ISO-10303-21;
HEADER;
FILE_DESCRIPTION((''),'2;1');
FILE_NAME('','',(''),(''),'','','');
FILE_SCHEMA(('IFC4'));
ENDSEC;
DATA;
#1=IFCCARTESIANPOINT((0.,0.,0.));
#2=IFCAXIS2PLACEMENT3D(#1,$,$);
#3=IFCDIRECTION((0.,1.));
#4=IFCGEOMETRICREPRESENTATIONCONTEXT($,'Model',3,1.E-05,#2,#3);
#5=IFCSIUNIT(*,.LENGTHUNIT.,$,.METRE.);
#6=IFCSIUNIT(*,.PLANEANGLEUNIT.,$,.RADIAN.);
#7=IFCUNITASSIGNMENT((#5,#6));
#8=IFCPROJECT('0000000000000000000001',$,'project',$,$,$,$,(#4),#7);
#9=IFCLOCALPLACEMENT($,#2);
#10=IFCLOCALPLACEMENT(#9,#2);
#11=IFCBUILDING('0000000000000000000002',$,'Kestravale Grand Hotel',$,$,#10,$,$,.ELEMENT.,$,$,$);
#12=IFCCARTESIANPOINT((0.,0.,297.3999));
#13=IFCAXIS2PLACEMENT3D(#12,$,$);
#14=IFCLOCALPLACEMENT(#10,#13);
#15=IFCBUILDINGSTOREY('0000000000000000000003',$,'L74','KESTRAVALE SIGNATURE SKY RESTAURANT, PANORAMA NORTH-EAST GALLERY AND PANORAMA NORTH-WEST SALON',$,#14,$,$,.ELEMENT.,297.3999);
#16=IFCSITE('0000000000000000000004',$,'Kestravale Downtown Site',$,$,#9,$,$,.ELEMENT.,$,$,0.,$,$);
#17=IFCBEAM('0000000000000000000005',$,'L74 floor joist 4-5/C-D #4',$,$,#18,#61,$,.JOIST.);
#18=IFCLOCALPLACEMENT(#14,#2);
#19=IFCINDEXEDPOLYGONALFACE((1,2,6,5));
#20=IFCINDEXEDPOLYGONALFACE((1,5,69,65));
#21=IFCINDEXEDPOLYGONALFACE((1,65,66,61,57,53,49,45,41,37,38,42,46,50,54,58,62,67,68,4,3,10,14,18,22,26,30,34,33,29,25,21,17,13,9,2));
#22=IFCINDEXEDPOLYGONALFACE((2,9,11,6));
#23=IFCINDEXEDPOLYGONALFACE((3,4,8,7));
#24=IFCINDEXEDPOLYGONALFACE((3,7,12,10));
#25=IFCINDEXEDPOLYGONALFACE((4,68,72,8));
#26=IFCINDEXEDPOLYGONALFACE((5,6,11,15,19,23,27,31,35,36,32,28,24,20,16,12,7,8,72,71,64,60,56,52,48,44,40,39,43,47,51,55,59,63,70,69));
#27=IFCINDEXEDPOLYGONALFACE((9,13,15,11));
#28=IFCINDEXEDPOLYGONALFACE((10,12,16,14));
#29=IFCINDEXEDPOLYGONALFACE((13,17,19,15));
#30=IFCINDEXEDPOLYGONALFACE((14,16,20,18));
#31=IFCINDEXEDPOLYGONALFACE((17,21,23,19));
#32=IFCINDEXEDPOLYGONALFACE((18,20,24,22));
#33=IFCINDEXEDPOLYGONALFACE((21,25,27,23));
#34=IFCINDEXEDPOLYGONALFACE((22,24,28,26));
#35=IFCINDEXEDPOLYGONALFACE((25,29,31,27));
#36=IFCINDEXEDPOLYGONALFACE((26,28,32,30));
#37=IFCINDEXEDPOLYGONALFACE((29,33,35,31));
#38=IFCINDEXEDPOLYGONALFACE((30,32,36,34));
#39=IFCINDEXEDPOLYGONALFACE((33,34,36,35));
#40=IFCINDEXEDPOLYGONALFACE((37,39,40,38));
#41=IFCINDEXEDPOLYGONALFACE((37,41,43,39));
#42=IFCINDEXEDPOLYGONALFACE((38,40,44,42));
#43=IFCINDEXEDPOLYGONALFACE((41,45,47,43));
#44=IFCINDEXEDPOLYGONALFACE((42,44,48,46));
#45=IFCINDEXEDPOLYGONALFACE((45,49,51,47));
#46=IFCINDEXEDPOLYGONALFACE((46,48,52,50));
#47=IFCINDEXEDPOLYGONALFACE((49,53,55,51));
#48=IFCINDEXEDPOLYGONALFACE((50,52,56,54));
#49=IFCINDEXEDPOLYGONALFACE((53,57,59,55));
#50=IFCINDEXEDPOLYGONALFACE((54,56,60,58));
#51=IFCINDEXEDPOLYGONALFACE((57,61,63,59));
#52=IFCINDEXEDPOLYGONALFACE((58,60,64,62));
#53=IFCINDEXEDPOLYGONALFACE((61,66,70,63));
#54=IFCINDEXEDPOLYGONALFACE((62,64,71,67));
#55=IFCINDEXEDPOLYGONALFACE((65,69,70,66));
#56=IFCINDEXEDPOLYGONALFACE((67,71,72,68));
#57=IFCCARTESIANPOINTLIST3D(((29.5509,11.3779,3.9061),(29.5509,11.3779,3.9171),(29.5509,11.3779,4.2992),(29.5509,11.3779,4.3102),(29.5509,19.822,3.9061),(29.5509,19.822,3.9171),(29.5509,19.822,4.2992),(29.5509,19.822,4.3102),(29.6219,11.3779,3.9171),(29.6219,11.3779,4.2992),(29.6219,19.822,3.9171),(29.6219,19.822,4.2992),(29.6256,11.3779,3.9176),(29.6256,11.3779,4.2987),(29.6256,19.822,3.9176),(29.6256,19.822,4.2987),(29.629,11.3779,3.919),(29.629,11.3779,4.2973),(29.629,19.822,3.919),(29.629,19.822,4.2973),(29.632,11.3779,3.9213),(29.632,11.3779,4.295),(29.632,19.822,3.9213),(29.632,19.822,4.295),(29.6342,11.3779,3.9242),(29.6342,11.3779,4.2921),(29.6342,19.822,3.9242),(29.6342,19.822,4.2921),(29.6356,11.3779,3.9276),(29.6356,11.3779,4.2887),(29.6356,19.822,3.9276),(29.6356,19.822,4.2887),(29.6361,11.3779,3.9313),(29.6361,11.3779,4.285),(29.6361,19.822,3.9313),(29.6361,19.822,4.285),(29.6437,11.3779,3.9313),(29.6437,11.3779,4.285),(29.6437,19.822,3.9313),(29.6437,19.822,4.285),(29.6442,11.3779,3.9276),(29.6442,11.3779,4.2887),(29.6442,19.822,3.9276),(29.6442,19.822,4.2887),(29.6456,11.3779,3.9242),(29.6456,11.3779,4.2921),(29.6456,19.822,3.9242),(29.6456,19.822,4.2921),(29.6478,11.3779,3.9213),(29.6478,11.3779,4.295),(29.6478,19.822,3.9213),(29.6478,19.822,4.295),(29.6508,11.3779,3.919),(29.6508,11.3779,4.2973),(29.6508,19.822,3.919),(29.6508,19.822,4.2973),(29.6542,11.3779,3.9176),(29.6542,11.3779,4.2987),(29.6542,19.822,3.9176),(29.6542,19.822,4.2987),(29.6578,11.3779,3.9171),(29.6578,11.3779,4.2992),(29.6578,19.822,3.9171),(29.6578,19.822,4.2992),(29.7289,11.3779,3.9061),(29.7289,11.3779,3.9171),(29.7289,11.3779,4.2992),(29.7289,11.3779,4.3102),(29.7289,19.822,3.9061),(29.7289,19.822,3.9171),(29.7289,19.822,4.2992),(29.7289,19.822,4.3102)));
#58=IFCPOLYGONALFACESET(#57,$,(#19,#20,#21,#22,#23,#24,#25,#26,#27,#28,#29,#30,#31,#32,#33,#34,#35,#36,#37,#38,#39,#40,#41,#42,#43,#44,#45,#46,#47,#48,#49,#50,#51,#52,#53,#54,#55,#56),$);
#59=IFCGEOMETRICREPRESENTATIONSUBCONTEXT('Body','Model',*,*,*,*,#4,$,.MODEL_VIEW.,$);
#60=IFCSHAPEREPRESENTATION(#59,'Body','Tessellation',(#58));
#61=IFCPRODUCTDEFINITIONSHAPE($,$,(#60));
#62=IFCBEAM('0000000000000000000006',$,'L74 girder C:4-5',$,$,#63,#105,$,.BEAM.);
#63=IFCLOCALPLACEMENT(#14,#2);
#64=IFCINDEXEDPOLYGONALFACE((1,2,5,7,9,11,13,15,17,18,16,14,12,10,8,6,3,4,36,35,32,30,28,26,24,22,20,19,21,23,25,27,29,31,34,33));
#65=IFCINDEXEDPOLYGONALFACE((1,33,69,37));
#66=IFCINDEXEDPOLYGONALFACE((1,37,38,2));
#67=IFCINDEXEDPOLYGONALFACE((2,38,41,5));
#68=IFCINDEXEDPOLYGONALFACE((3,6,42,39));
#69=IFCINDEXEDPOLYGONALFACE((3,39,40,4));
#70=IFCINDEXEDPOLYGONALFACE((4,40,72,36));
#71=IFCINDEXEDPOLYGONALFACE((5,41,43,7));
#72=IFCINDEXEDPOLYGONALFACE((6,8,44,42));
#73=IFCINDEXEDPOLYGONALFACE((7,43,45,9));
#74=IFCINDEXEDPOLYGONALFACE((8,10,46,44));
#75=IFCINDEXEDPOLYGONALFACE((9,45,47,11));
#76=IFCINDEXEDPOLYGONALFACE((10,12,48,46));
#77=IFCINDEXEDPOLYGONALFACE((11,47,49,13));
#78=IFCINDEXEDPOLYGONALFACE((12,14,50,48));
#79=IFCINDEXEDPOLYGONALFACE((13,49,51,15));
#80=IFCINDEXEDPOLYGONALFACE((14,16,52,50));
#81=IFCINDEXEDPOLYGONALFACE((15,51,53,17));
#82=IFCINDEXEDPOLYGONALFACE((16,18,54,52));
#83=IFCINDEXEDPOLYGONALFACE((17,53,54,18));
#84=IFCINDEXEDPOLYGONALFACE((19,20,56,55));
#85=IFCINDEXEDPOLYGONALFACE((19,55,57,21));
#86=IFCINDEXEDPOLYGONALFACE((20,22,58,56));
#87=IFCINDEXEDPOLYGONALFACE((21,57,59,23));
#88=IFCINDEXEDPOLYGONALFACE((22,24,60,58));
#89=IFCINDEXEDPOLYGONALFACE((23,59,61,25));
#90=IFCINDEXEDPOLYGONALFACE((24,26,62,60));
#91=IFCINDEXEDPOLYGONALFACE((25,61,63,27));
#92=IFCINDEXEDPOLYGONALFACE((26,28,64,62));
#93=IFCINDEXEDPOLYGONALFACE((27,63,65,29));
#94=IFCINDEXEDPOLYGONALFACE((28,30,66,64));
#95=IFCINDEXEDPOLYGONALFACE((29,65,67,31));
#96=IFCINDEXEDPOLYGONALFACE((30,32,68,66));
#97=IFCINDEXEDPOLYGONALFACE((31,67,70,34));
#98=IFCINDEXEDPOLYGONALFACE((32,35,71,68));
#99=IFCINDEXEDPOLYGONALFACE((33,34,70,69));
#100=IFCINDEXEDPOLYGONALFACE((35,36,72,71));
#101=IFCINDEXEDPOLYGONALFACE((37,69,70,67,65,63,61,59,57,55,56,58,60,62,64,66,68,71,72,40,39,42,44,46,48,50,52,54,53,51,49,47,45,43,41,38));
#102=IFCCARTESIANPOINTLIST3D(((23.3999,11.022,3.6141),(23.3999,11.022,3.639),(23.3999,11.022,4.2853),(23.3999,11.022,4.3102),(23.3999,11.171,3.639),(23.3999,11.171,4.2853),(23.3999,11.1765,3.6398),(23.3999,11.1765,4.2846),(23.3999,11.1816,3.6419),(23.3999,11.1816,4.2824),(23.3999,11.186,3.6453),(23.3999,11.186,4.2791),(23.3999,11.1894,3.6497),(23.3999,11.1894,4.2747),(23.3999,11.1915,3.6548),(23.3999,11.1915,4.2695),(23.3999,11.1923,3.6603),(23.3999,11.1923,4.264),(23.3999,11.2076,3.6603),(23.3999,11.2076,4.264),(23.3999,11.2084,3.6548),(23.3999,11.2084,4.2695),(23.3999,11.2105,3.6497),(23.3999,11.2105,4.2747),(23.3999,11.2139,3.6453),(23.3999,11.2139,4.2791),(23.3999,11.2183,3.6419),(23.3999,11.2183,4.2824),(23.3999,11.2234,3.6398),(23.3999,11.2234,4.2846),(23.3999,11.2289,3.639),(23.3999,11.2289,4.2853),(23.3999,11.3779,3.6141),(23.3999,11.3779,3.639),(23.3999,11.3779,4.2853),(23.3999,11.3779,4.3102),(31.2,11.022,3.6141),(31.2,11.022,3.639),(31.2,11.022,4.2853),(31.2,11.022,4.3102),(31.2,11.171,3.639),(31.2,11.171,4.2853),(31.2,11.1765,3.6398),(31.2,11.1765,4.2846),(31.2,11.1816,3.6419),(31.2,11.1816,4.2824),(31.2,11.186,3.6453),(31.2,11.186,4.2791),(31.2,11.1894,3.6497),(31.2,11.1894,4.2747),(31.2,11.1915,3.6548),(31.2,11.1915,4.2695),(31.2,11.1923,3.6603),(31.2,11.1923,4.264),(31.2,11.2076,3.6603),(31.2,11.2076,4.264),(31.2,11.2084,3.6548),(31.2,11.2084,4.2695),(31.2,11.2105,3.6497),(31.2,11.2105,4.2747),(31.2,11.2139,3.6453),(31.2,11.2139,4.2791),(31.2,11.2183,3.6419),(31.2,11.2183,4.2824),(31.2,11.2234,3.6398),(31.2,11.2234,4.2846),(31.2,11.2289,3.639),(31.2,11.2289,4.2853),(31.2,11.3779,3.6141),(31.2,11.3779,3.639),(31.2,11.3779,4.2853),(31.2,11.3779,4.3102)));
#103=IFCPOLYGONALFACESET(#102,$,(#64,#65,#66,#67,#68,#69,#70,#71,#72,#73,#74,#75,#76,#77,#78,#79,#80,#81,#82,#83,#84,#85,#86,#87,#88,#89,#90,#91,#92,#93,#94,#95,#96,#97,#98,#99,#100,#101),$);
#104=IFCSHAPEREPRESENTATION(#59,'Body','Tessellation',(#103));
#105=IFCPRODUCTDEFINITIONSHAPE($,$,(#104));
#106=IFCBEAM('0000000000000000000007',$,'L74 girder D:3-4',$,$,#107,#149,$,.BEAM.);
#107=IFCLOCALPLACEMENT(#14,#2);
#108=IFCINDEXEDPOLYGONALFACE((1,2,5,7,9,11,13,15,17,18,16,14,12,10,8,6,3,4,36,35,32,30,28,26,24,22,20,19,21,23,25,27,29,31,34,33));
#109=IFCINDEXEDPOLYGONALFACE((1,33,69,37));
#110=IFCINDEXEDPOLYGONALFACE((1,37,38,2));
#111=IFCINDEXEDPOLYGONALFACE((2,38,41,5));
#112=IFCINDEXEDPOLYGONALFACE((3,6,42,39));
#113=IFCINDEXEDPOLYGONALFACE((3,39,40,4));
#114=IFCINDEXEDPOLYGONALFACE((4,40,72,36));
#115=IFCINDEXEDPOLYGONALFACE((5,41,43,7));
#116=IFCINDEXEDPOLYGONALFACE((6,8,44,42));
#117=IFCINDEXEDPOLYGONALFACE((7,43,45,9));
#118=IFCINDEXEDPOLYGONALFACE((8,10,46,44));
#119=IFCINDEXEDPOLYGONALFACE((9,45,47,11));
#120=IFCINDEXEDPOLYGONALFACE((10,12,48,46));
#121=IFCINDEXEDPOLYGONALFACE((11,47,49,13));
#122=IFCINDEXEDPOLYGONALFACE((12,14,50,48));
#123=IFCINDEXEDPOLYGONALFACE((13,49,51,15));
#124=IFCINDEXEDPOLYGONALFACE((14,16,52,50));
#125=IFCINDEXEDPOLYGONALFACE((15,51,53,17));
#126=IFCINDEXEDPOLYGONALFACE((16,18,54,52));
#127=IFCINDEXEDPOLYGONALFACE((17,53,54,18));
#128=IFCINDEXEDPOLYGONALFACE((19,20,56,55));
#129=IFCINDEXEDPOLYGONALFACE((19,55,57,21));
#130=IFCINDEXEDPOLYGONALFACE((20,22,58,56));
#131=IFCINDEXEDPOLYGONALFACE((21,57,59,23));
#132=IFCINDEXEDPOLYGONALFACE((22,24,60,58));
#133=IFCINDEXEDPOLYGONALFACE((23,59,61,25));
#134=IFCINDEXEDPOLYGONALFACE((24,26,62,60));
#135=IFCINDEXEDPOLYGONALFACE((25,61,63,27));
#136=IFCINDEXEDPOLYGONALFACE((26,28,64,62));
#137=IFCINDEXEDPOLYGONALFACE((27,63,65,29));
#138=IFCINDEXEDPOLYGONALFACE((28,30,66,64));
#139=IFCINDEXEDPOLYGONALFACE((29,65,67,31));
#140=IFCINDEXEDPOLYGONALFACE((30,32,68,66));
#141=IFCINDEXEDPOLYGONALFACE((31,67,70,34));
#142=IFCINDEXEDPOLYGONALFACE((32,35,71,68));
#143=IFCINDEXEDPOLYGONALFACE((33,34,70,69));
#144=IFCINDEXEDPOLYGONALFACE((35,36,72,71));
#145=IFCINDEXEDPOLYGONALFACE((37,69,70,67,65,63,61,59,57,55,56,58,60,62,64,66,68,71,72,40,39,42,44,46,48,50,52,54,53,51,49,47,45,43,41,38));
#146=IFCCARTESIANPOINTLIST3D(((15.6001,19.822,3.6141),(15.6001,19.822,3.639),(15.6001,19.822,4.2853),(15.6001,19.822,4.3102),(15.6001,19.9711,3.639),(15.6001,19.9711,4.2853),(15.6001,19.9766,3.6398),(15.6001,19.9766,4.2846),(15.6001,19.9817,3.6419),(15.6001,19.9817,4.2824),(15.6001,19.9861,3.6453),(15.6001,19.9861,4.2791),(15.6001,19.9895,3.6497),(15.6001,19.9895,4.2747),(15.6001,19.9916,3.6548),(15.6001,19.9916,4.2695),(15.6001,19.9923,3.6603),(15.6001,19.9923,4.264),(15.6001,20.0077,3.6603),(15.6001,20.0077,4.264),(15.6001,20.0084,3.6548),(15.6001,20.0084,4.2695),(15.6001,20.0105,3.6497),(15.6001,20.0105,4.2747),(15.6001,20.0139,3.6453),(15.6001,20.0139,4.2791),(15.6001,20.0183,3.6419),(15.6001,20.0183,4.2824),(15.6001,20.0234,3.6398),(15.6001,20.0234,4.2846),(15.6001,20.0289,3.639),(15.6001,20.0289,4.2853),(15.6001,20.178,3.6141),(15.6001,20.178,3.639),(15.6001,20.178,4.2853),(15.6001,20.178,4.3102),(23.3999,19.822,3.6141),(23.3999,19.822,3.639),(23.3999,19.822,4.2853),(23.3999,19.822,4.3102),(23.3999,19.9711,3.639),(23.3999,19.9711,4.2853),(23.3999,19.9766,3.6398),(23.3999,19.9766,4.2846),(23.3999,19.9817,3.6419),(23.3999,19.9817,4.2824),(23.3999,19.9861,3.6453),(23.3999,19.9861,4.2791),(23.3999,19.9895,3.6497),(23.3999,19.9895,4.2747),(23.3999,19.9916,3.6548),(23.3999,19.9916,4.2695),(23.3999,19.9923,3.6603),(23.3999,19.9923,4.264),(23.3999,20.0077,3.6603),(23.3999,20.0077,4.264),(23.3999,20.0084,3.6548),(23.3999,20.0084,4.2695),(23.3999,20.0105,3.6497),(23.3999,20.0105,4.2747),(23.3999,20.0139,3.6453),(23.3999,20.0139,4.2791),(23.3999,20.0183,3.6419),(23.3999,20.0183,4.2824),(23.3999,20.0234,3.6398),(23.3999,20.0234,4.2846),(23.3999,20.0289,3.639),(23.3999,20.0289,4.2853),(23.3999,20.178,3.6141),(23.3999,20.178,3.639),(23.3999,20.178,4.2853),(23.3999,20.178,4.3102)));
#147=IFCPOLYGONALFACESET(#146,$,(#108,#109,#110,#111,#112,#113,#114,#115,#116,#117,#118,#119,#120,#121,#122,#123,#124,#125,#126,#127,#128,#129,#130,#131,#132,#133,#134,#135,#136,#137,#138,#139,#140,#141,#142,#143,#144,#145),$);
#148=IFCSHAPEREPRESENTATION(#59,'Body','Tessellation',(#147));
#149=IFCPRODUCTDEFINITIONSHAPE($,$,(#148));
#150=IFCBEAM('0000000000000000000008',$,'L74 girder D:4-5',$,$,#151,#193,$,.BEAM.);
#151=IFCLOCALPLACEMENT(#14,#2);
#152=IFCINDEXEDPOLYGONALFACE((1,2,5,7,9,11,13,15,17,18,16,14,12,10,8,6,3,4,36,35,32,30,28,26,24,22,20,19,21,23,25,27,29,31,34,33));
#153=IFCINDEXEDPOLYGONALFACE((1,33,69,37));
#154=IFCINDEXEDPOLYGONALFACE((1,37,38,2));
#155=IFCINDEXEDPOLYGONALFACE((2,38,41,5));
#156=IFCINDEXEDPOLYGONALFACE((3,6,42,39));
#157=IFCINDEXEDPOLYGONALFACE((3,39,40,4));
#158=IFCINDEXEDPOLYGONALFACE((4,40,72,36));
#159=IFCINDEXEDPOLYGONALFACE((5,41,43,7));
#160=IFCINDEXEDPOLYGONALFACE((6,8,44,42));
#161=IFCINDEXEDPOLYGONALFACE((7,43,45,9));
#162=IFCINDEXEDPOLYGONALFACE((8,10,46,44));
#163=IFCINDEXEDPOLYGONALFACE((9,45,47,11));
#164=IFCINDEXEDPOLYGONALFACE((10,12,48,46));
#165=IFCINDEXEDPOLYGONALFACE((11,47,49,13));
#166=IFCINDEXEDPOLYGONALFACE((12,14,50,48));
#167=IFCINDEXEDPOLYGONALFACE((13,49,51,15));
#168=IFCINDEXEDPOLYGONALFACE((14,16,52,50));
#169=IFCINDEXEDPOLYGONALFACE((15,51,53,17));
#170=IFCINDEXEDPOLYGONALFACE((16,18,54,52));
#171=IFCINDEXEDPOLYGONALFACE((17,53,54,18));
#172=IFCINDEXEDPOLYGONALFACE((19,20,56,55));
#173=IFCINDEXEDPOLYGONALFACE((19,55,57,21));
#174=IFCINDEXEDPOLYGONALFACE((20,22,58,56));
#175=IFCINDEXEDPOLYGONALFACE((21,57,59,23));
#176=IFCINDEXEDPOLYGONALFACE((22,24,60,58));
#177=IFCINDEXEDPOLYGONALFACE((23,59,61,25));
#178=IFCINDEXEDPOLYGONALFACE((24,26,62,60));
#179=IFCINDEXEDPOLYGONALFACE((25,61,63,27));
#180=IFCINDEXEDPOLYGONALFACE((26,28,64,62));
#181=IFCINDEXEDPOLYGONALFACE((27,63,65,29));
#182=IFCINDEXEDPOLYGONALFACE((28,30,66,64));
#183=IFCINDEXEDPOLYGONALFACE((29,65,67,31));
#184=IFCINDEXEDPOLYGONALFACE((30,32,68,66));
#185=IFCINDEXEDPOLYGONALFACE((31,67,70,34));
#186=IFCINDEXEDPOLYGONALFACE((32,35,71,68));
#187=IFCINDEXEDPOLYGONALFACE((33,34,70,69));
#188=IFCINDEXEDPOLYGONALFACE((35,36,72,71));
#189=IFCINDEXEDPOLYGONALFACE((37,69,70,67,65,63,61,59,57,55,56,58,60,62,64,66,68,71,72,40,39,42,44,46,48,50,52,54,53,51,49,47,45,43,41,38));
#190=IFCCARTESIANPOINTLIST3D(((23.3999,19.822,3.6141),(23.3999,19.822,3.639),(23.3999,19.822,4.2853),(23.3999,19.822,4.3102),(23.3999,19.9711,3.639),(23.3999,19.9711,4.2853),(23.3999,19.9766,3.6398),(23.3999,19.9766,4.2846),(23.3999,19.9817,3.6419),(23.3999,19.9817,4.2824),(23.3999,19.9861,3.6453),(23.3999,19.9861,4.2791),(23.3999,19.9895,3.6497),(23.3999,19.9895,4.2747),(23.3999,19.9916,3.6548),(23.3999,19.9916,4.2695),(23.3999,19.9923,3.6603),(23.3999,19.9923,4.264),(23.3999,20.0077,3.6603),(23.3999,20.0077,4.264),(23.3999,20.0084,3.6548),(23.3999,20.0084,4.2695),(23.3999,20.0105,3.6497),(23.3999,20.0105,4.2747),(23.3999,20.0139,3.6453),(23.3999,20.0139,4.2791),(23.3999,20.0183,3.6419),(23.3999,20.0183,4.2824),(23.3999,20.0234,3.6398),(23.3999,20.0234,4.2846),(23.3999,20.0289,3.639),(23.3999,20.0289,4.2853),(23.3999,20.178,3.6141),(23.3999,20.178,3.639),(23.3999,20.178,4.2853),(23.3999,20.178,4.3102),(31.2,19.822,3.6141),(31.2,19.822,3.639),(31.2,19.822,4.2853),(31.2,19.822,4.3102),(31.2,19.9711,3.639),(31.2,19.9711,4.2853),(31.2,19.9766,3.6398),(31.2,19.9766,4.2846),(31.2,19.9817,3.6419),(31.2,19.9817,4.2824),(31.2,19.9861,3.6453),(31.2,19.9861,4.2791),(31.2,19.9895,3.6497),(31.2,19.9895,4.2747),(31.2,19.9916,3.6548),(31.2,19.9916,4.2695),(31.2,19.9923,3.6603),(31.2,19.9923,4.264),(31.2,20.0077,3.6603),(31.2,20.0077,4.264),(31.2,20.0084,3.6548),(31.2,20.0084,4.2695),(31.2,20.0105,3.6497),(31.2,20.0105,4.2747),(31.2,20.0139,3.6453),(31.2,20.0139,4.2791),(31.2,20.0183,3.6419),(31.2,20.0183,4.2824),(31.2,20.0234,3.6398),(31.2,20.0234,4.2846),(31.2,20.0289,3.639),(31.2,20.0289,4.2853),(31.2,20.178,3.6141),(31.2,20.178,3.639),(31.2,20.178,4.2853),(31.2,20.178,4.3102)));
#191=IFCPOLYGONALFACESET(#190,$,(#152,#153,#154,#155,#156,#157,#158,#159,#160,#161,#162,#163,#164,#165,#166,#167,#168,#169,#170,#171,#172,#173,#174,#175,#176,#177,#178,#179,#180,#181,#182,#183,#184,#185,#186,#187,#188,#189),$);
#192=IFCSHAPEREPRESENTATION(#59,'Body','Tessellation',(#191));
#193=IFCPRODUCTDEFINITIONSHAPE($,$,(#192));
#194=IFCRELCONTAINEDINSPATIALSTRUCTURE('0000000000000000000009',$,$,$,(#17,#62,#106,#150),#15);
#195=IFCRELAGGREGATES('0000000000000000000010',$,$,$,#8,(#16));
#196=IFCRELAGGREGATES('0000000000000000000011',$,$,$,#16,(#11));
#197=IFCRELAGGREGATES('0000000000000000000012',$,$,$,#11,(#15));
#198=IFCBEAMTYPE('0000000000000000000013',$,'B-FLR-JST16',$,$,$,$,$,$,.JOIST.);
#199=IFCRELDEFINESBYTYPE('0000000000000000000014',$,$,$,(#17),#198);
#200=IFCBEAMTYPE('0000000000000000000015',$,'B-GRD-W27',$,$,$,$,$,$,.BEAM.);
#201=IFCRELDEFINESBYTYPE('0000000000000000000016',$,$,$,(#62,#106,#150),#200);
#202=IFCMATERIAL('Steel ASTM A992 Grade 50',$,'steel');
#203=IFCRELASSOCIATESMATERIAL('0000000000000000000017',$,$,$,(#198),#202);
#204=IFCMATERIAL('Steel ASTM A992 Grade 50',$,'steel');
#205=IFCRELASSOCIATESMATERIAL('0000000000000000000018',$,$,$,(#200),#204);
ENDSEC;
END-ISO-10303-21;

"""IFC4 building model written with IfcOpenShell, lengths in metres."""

from ifc_helpers import new_model, si_unit, direction, frame, origin, origin_2d, place, context, subcontext, project, spatial, i_section, extrude, material, material_profile, profile_set, type_object, element, save


model = new_model("IFC4")

# Units and contexts
model_context = context("Model", 3, precision=1e-05, world=origin(), true_north=direction((0.0, 1.0)))
body_context = subcontext(model_context, "Body", "Model", "MODEL_VIEW")
ifc_project = project(units=[si_unit("LENGTHUNIT", "METRE"), si_unit("PLANEANGLEUNIT", "RADIAN")], contexts=[model_context])

# Site, building, storey
site_placement = place(None, origin())
site = spatial("IfcSite", under=ifc_project, at=site_placement, Name="Kestravale Downtown Site", CompositionType="ELEMENT", RefElevation=0.0)
building_placement = place(site_placement, origin())
building = spatial("IfcBuilding", under=site, at=building_placement, Name="Kestravale Grand Hotel", CompositionType="ELEMENT")
storey_placement = place(building_placement, frame((0.0, 0.0, 297.3999)))
storey = spatial("IfcBuildingStorey", under=building, at=storey_placement, Name="L74", Description="KESTRAVALE SIGNATURE SKY RESTAURANT, PANORAMA NORTH-EAST GALLERY AND PANORAMA NORTH-WEST SALON", CompositionType="ELEMENT", Elevation=297.3999)

# Beams
ifc_material_1 = material(Name="Steel ASTM A992 Grade 50", Category="steel")
ifc_material_profile_1 = material_profile(ifc_material_1, i_section(OverallWidth=0.178, OverallDepth=0.4041, WebThickness=0.0076, FlangeThickness=0.011, FilletRadius=0.0142, at=origin_2d()))
ifc_profile_set_1 = profile_set([ifc_material_profile_1], Name="Steel ASTM A992 Grade 50")
beam_type_1 = type_object("IfcBeamType", Name="B-FLR-JST16", PredefinedType="JOIST", material=ifc_profile_set_1)
for number, where, z_axis, x_axis, name in (
    (1, (29.6399, 11.3779, 4.1082), (0.0, 1.0, 0.0), (-1.0, 0.0, 0.0), "L74 floor joist 4-5/C-D #4"),
):
    element("IfcBeam", number, at=place(storey_placement, frame(where, z_axis=z_axis, x_axis=x_axis)), inside=storey, type_object=beam_type_1, Name=name, PredefinedType="JOIST", context=body_context, shape_type="SweptSolid", body=[
        extrude(i_section(OverallWidth=0.178, OverallDepth=0.4041, WebThickness=0.0076, FlangeThickness=0.011, FilletRadius=0.0142, at=origin_2d()), origin(), (0.0, 0.0, 1.0), 8.4441),
    ])
ifc_material_2 = material(Name="Steel ASTM A992 Grade 50", Category="steel")
ifc_material_profile_2 = material_profile(ifc_material_2, i_section(OverallWidth=0.356, OverallDepth=0.696, WebThickness=0.0154, FlangeThickness=0.0249, FilletRadius=0.0212, at=origin_2d()))
ifc_profile_set_2 = profile_set([ifc_material_profile_2], Name="Steel ASTM A992 Grade 50")
beam_type_2 = type_object("IfcBeamType", Name="B-GRD-W27", PredefinedType="BEAM", material=ifc_profile_set_2)
beam_1_placement = place(storey_placement, frame((23.3999, 11.2, 3.9622), z_axis=(1.0, 0.0, 0.0), x_axis=(0.0, 1.0, 0.0)))
element("IfcBeam", 2, at=beam_1_placement, inside=storey, type_object=beam_type_2, Name="L74 girder C:4-5", PredefinedType="BEAM", context=body_context, shape_type="SweptSolid", body=[
    extrude(i_section(OverallWidth=0.356, OverallDepth=0.696, WebThickness=0.0154, FlangeThickness=0.0249, FilletRadius=0.0212, at=origin_2d()), origin(), (0.0, 0.0, 1.0), 7.8),
])
beam_2_placement = place(storey_placement, frame((15.6001, 20.0, 3.9622), z_axis=(1.0, 0.0, 0.0), x_axis=(0.0, 1.0, 0.0)))
element("IfcBeam", 3, at=beam_2_placement, inside=storey, type_object=beam_type_2, Name="L74 girder D:3-4", PredefinedType="BEAM", context=body_context, shape_type="SweptSolid", body=[
    extrude(i_section(OverallWidth=0.356, OverallDepth=0.696, WebThickness=0.0154, FlangeThickness=0.0249, FilletRadius=0.0212, at=origin_2d()), origin(), (0.0, 0.0, 1.0), 7.7998),
])
beam_3_placement = place(storey_placement, frame((23.3999, 20.0, 3.9622), z_axis=(1.0, 0.0, 0.0), x_axis=(0.0, 1.0, 0.0)))
element("IfcBeam", 4, at=beam_3_placement, inside=storey, type_object=beam_type_2, Name="L74 girder D:4-5", PredefinedType="BEAM", context=body_context, shape_type="SweptSolid", body=[
    extrude(i_section(OverallWidth=0.356, OverallDepth=0.696, WebThickness=0.0154, FlangeThickness=0.0249, FilletRadius=0.0212, at=origin_2d()), origin(), (0.0, 0.0, 1.0), 7.8),
])

save(model, "model.ifc")
